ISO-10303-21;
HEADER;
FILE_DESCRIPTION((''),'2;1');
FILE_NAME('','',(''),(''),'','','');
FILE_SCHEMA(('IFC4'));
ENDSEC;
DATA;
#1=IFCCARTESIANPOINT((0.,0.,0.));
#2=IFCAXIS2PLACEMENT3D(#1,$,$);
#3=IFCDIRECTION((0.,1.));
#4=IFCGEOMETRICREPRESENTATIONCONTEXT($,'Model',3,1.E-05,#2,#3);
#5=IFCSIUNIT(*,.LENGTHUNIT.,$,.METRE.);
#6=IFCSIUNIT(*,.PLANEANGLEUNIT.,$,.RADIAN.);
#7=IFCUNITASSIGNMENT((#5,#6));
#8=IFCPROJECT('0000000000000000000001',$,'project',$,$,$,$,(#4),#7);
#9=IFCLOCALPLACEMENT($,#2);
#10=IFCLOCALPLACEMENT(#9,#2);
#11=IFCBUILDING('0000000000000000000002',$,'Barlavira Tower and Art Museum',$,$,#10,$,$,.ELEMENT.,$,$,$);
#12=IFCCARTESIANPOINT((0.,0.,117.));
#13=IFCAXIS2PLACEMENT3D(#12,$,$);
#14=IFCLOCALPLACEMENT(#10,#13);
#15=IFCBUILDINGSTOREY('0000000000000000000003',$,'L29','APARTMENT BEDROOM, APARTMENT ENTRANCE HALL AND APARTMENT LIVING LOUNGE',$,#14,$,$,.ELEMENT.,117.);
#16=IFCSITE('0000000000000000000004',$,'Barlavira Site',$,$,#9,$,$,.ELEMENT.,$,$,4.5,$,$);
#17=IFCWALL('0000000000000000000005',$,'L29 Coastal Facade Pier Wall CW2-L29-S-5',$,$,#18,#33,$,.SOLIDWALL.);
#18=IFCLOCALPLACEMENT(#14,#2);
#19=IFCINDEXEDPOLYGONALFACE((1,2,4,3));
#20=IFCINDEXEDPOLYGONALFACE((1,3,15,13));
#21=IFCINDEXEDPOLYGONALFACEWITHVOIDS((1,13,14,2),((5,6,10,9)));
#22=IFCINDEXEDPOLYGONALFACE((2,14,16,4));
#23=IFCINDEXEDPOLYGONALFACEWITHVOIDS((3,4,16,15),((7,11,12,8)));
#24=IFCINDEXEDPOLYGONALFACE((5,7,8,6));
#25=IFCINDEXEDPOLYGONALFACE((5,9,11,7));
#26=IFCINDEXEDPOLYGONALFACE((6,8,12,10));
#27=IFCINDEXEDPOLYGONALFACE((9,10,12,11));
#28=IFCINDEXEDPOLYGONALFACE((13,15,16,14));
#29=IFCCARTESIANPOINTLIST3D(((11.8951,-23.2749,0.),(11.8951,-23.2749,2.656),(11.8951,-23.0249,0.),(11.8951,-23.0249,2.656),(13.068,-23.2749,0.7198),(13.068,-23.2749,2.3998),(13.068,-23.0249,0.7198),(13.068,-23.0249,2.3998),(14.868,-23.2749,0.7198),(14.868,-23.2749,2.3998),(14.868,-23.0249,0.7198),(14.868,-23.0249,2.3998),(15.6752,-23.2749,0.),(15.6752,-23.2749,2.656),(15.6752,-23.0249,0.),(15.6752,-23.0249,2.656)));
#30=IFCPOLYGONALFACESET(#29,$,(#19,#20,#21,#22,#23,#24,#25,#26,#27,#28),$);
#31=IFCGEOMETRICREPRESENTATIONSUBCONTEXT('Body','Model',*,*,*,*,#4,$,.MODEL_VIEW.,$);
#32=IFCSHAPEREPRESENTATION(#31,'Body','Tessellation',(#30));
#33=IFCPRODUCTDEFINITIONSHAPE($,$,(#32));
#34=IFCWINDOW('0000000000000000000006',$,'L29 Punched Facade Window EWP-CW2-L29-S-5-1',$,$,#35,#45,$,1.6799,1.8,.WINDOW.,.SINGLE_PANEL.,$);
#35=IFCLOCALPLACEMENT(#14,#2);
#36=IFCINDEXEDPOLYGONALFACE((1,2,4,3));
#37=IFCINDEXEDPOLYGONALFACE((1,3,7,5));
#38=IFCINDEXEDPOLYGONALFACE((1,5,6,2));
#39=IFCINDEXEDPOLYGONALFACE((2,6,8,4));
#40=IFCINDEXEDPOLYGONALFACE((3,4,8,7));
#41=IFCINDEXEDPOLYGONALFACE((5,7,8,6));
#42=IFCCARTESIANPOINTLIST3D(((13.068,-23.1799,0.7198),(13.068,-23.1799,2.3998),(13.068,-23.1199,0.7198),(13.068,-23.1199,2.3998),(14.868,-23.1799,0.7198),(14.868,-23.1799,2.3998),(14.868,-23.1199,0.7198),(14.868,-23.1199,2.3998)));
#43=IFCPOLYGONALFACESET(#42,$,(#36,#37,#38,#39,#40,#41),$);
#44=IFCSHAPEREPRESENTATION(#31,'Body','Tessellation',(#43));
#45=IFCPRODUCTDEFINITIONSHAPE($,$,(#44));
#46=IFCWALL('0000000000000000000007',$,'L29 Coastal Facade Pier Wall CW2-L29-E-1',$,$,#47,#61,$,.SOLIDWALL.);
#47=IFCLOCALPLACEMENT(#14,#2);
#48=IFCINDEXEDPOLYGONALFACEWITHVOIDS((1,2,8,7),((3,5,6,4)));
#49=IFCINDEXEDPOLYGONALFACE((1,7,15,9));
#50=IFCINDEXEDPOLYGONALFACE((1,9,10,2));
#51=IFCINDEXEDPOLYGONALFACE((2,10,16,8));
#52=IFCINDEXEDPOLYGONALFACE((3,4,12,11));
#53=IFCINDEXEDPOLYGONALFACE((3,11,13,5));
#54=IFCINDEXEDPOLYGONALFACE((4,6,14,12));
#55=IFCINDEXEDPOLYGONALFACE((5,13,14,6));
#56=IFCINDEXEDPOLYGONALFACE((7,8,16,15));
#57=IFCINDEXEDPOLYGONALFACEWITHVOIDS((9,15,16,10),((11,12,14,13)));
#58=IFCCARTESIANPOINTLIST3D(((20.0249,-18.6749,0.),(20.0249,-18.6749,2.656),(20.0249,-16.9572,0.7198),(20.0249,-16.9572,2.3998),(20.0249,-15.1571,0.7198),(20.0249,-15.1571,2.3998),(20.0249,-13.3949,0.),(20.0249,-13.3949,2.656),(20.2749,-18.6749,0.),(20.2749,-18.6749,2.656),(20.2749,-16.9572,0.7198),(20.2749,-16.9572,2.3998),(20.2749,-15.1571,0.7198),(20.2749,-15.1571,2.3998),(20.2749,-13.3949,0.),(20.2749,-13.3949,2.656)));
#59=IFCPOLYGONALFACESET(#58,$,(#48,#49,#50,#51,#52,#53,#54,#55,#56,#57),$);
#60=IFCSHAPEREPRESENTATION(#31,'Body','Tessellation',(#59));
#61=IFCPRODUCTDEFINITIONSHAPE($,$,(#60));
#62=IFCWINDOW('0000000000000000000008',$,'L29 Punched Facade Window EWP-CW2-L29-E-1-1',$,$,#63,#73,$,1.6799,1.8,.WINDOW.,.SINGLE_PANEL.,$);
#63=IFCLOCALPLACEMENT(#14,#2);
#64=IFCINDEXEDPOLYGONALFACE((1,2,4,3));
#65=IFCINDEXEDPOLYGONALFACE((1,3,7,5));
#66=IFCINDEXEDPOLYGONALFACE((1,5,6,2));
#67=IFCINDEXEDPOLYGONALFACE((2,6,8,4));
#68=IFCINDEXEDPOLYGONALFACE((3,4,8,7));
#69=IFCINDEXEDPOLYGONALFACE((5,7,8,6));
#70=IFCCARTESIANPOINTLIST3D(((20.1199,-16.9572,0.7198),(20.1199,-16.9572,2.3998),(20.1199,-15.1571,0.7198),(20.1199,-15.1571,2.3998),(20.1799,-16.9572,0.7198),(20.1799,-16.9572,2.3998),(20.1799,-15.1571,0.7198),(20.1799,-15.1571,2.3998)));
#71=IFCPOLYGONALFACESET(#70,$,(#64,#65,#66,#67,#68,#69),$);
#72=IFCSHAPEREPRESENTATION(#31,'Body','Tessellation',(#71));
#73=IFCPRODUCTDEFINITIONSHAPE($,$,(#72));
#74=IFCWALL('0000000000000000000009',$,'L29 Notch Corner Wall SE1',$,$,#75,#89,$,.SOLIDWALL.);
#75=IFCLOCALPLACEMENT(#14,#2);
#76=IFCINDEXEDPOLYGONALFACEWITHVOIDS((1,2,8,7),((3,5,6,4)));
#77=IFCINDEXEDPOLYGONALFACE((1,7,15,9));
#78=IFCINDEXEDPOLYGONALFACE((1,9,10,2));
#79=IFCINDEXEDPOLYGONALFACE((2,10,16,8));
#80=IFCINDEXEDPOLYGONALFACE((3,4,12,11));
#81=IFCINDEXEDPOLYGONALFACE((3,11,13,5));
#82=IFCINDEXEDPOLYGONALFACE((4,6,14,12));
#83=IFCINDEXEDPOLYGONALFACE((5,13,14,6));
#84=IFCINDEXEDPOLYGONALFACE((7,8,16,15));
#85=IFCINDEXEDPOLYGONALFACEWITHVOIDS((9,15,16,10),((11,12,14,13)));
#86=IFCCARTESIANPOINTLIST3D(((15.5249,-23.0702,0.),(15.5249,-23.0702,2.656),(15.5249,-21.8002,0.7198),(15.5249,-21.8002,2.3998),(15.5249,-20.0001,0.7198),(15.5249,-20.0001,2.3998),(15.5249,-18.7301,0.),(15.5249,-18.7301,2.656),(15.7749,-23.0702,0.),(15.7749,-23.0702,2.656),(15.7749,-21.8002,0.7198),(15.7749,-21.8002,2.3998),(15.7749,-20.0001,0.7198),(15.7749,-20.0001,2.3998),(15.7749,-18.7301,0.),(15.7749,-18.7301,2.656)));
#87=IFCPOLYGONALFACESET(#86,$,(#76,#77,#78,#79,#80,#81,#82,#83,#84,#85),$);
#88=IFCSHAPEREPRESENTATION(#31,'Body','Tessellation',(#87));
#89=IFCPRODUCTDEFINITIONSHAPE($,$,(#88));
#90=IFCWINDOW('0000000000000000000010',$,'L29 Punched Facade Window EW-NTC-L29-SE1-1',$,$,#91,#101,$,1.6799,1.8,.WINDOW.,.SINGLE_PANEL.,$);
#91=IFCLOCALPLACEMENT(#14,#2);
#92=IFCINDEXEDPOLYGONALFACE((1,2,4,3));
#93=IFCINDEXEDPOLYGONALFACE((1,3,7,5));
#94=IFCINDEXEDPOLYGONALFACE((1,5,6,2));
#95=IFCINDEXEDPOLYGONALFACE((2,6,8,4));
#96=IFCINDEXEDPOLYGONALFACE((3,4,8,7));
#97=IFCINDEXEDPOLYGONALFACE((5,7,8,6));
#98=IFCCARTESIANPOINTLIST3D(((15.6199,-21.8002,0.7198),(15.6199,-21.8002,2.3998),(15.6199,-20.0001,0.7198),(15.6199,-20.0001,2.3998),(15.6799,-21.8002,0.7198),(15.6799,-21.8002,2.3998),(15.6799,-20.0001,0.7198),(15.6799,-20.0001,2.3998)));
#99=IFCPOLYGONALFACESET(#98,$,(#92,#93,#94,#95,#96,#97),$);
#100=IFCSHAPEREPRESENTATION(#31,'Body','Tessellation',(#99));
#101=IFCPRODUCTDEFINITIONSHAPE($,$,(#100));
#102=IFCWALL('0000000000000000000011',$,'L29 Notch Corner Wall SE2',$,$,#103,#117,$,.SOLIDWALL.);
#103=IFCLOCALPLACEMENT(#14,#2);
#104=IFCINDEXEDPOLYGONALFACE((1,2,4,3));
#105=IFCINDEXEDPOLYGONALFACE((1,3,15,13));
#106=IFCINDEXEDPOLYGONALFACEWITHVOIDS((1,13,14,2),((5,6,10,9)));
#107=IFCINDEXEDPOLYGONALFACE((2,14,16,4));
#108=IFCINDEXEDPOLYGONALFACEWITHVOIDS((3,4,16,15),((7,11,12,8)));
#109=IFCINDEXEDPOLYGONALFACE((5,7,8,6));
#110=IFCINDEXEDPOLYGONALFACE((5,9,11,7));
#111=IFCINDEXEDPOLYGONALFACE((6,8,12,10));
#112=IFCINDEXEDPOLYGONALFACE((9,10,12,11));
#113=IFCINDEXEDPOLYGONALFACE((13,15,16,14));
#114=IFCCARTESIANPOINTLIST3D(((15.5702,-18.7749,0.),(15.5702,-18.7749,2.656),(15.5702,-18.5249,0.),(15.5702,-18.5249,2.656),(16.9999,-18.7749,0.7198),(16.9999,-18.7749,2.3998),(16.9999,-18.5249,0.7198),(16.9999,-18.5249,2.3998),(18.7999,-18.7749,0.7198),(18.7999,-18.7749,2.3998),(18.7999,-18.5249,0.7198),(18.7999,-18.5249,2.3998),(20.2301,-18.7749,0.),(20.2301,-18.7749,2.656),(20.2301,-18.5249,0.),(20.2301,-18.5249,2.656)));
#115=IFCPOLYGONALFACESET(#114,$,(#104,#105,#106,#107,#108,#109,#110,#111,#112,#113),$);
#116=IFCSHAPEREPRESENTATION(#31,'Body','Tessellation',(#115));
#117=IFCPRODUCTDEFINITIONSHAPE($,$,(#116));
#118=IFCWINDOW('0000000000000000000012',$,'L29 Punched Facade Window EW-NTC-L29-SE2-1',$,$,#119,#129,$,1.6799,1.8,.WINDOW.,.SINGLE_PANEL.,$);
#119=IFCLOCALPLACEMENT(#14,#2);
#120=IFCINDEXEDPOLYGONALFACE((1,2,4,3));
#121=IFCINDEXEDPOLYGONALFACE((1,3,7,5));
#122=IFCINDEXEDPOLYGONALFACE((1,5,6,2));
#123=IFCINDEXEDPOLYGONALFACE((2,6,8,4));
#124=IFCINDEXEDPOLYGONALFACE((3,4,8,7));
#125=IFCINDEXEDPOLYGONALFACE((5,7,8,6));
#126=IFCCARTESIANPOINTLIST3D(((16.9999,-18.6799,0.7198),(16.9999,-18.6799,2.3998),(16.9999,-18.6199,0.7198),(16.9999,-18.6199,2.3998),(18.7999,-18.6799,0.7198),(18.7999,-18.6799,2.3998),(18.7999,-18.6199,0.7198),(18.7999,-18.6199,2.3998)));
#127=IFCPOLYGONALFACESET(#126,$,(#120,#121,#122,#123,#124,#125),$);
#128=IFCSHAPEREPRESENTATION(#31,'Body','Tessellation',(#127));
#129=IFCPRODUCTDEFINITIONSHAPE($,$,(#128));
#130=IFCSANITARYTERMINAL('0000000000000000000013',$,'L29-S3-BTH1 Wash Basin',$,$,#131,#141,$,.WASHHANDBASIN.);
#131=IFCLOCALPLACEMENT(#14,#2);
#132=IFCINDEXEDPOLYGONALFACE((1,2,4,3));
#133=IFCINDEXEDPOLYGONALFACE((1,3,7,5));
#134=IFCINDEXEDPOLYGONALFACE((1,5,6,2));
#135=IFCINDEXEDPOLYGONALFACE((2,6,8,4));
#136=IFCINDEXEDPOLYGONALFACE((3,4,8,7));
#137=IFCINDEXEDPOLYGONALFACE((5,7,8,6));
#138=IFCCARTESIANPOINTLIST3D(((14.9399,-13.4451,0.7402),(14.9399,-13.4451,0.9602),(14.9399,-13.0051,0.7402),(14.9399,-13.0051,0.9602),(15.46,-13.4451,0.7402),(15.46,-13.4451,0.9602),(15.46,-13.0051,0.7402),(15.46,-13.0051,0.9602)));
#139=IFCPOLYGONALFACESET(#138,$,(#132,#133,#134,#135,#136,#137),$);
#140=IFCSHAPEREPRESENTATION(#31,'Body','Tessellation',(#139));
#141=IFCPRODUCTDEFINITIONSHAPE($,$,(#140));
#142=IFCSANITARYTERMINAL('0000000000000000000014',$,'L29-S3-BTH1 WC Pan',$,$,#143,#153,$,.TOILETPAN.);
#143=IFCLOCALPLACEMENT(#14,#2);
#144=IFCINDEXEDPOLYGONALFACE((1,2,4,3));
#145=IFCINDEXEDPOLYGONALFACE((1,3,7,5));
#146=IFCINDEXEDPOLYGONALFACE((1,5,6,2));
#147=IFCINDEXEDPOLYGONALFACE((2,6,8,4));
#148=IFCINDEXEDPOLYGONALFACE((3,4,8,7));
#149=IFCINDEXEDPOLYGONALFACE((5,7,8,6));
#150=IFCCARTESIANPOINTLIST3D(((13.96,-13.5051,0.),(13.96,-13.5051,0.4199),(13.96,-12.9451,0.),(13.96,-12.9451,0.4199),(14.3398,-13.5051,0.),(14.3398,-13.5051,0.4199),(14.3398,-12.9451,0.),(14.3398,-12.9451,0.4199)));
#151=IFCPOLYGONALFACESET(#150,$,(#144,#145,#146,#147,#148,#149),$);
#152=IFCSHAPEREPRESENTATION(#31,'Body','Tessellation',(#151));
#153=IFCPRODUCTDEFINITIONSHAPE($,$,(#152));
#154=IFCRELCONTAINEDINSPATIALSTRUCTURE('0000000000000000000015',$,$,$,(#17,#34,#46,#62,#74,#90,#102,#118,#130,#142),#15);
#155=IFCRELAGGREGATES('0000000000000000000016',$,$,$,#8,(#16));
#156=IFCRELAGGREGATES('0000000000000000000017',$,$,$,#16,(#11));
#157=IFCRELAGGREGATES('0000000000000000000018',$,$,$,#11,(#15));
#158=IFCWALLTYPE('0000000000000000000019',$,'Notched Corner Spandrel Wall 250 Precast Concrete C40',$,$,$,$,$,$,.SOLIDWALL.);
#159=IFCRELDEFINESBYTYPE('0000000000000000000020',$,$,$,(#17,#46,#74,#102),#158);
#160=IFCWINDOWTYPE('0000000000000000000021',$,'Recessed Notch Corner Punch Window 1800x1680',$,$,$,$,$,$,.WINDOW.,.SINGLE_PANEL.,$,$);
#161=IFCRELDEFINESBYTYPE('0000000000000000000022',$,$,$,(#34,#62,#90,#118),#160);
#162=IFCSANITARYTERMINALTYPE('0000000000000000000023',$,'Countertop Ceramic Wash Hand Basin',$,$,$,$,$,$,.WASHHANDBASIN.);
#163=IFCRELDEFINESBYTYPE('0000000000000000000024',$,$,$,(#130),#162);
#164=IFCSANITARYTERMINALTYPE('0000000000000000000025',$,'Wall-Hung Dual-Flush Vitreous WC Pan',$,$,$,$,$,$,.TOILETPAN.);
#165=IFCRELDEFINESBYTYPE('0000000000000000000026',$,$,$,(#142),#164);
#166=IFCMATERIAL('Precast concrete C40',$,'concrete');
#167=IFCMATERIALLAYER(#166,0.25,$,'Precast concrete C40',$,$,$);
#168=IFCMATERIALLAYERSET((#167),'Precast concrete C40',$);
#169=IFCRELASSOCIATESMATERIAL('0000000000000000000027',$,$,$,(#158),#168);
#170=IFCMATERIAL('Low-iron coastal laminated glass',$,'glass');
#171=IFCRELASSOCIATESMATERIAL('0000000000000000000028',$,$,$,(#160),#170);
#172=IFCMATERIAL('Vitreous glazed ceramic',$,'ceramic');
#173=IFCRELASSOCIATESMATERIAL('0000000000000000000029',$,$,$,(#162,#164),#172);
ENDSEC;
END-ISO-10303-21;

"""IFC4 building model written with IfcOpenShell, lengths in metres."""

from ifc_helpers import new_model, si_unit, direction, frame, frame_2d, origin, origin_2d, place, context, subcontext, project, spatial, rectangle, extrude, material, layer, layer_set, type_object, element, fill, save


model = new_model("IFC4")

# Units and contexts
model_context = context("Model", 3, precision=1e-05, world=origin(), true_north=direction((0.0, 1.0)))
body_context = subcontext(model_context, "Body", "Model", "MODEL_VIEW")
ifc_project = project(units=[si_unit("LENGTHUNIT", "METRE"), si_unit("PLANEANGLEUNIT", "RADIAN")], contexts=[model_context])

# Site, building, storey
site_placement = place(None, origin())
site = spatial("IfcSite", under=ifc_project, at=site_placement, Name="Barlavira Site", CompositionType="ELEMENT", RefElevation=4.5)
building_placement = place(site_placement, origin())
building = spatial("IfcBuilding", under=site, at=building_placement, Name="Barlavira Tower and Art Museum", CompositionType="ELEMENT")
storey_placement = place(building_placement, frame((0.0, 0.0, 117.0)))
storey = spatial("IfcBuildingStorey", under=building, at=storey_placement, Name="L29", Description="APARTMENT BEDROOM, APARTMENT ENTRANCE HALL AND APARTMENT LIVING LOUNGE", CompositionType="ELEMENT", Elevation=117.0)

# Walls, openings, windows
ifc_material_1 = material(Name="Precast concrete C40", Category="concrete")
ifc_layer_1 = layer(ifc_material_1, 0.25, Name="Precast concrete C40")
ifc_layer_set_1 = layer_set([ifc_layer_1], Name="Precast concrete C40")
wall_type_1 = type_object("IfcWallType", Name="Notched Corner Spandrel Wall 250 Precast Concrete C40", PredefinedType="SOLIDWALL", material=ifc_layer_set_1)
wall_1_placement = place(storey_placement, frame((11.895, -23.1499, 0.0), z_axis=(0.0, 0.0, 1.0), x_axis=(1.0, 0.0, 0.0)))
wall_1 = element("IfcWall", 1, at=wall_1_placement, inside=storey, type_object=wall_type_1, Name="L29 Coastal Facade Pier Wall CW2-L29-S-5", PredefinedType="SOLIDWALL", context=body_context, shape_type="SweptSolid", body=[
    extrude(rectangle(XDim=3.78, YDim=0.25, at=frame_2d((1.8901, 0.0))), origin(), (0.0, 0.0, 1.0), 2.656),
])
opening_1_placement = place(wall_1_placement, frame((1.1731, 0.0, 0.72)))
opening_1 = element("IfcOpeningElement", 2, at=opening_1_placement, cuts=wall_1, PredefinedType="OPENING", context=body_context, shape_type="SweptSolid", body=[
    extrude(rectangle(XDim=1.8, YDim=1.6799, at=frame_2d((0.8999, 0.8398))), frame((0.0, 0.135, 0.0), z_axis=(0.0, -1.0, 0.0), x_axis=(1.0, 0.0, 0.0)), (0.0, 0.0, 1.0), 0.27),
])
ifc_material_2 = material(Name="Low-iron coastal laminated glass", Category="glass")
window_type = type_object("IfcWindowType", Name="Recessed Notch Corner Punch Window 1800x1680", PartitioningType="SINGLE_PANEL", PredefinedType="WINDOW", material=ifc_material_2)
window_1_placement = place(opening_1_placement, origin())
window_1 = element("IfcWindow", 3, at=window_1_placement, inside=storey, type_object=window_type, Name="L29 Punched Facade Window EWP-CW2-L29-S-5-1", OverallHeight=1.6799, OverallWidth=1.8, PartitioningType="SINGLE_PANEL", PredefinedType="WINDOW", context=body_context, shape_type="SweptSolid", body=[
    extrude(rectangle(XDim=1.8, YDim=1.6799, at=frame_2d((0.8999, 0.8398))), frame((0.0, 0.03, 0.0), z_axis=(0.0, -1.0, 0.0), x_axis=(1.0, 0.0, 0.0)), (0.0, 0.0, 1.0), 0.0601),
])
fill(opening_1, window_1)
wall_2_placement = place(storey_placement, frame((20.1499, -18.675, 0.0), z_axis=(0.0, 0.0, 1.0), x_axis=(0.0, 1.0, 0.0)))
wall_2 = element("IfcWall", 4, at=wall_2_placement, inside=storey, type_object=wall_type_1, Name="L29 Coastal Facade Pier Wall CW2-L29-E-1", PredefinedType="SOLIDWALL", context=body_context, shape_type="SweptSolid", body=[
    extrude(rectangle(XDim=5.28, YDim=0.25, at=frame_2d((2.6401, 0.0))), origin(), (0.0, 0.0, 1.0), 2.656),
])
opening_2_placement = place(wall_2_placement, frame((1.718, 0.0, 0.72)))
opening_2 = element("IfcOpeningElement", 5, at=opening_2_placement, cuts=wall_2, PredefinedType="OPENING", context=body_context, shape_type="SweptSolid", body=[
    extrude(rectangle(XDim=1.8, YDim=1.6799, at=frame_2d((0.8999, 0.8398))), frame((0.0, 0.135, 0.0), z_axis=(0.0, -1.0, 0.0), x_axis=(1.0, 0.0, 0.0)), (0.0, 0.0, 1.0), 0.27),
])
window_2_placement = place(opening_2_placement, origin())
window_2 = element("IfcWindow", 6, at=window_2_placement, inside=storey, type_object=window_type, Name="L29 Punched Facade Window EWP-CW2-L29-E-1-1", OverallHeight=1.6799, OverallWidth=1.8, PartitioningType="SINGLE_PANEL", PredefinedType="WINDOW", context=body_context, shape_type="SweptSolid", body=[
    extrude(rectangle(XDim=1.8, YDim=1.6799, at=frame_2d((0.8999, 0.8398))), frame((0.0, 0.03, 0.0), z_axis=(0.0, -1.0, 0.0), x_axis=(1.0, 0.0, 0.0)), (0.0, 0.0, 1.0), 0.0601),
])
fill(opening_2, window_2)
wall_3_placement = place(storey_placement, frame((15.6499, -23.0701, 0.0), z_axis=(0.0, 0.0, 1.0), x_axis=(0.0, 1.0, 0.0)))
wall_3 = element("IfcWall", 7, at=wall_3_placement, inside=storey, type_object=wall_type_1, Name="L29 Notch Corner Wall SE1", PredefinedType="SOLIDWALL", context=body_context, shape_type="SweptSolid", body=[
    extrude(rectangle(XDim=4.3401, YDim=0.25, at=frame_2d((2.1699, 0.0))), origin(), (0.0, 0.0, 1.0), 2.656),
])
opening_3_placement = place(wall_3_placement, frame((1.27, 0.0, 0.72)))
opening_3 = element("IfcOpeningElement", 8, at=opening_3_placement, cuts=wall_3, PredefinedType="OPENING", context=body_context, shape_type="SweptSolid", body=[
    extrude(rectangle(XDim=1.8, YDim=1.6799, at=frame_2d((0.8999, 0.8398))), frame((0.0, 0.135, 0.0), z_axis=(0.0, -1.0, 0.0), x_axis=(1.0, 0.0, 0.0)), (0.0, 0.0, 1.0), 0.27),
])
window_3_placement = place(opening_3_placement, origin())
window_3 = element("IfcWindow", 9, at=window_3_placement, inside=storey, type_object=window_type, Name="L29 Punched Facade Window EW-NTC-L29-SE1-1", OverallHeight=1.6799, OverallWidth=1.8, PartitioningType="SINGLE_PANEL", PredefinedType="WINDOW", context=body_context, shape_type="SweptSolid", body=[
    extrude(rectangle(XDim=1.8, YDim=1.6799, at=frame_2d((0.8999, 0.8398))), frame((0.0, 0.03, 0.0), z_axis=(0.0, -1.0, 0.0), x_axis=(1.0, 0.0, 0.0)), (0.0, 0.0, 1.0), 0.0601),
])
fill(opening_3, window_3)
wall_4_placement = place(storey_placement, frame((15.5701, -18.6499, 0.0), z_axis=(0.0, 0.0, 1.0), x_axis=(1.0, 0.0, 0.0)))
wall_4 = element("IfcWall", 10, at=wall_4_placement, inside=storey, type_object=wall_type_1, Name="L29 Notch Corner Wall SE2", PredefinedType="SOLIDWALL", context=body_context, shape_type="SweptSolid", body=[
    extrude(rectangle(XDim=4.6599, YDim=0.25, at=frame_2d((2.3301, 0.0))), origin(), (0.0, 0.0, 1.0), 2.656),
])
opening_4_placement = place(wall_4_placement, frame((1.4299, 0.0, 0.72)))
opening_4 = element("IfcOpeningElement", 11, at=opening_4_placement, cuts=wall_4, PredefinedType="OPENING", context=body_context, shape_type="SweptSolid", body=[
    extrude(rectangle(XDim=1.8, YDim=1.6799, at=frame_2d((0.8999, 0.8398))), frame((0.0, 0.135, 0.0), z_axis=(0.0, -1.0, 0.0), x_axis=(1.0, 0.0, 0.0)), (0.0, 0.0, 1.0), 0.27),
])
window_4_placement = place(opening_4_placement, origin())
window_4 = element("IfcWindow", 12, at=window_4_placement, inside=storey, type_object=window_type, Name="L29 Punched Facade Window EW-NTC-L29-SE2-1", OverallHeight=1.6799, OverallWidth=1.8, PartitioningType="SINGLE_PANEL", PredefinedType="WINDOW", context=body_context, shape_type="SweptSolid", body=[
    extrude(rectangle(XDim=1.8, YDim=1.6799, at=frame_2d((0.8999, 0.8398))), frame((0.0, 0.03, 0.0), z_axis=(0.0, -1.0, 0.0), x_axis=(1.0, 0.0, 0.0)), (0.0, 0.0, 1.0), 0.0601),
])
fill(opening_4, window_4)

# Sanitary terminals
ifc_material_3 = material(Name="Vitreous glazed ceramic", Category="ceramic")
sanitary_terminal_type_1 = type_object("IfcSanitaryTerminalType", Name="Countertop Ceramic Wash Hand Basin", PredefinedType="WASHHANDBASIN", material=ifc_material_3)
sanitary_terminal_1_placement = place(storey_placement, frame((15.2, -13.2251, 0.7402), z_axis=(0.0, 0.0, 1.0), x_axis=(1.0, 0.0, 0.0)))
element("IfcSanitaryTerminal", 13, at=sanitary_terminal_1_placement, inside=storey, type_object=sanitary_terminal_type_1, Name="L29-S3-BTH1 Wash Basin", PredefinedType="WASHHANDBASIN", context=body_context, shape_type="SweptSolid", body=[
    extrude(rectangle(XDim=0.52, YDim=0.4399, at=origin_2d()), origin(), (0.0, 0.0, 1.0), 0.22),
])
sanitary_terminal_type_2 = type_object("IfcSanitaryTerminalType", Name="Wall-Hung Dual-Flush Vitreous WC Pan", PredefinedType="TOILETPAN", material=ifc_material_3)
sanitary_terminal_2_placement = place(storey_placement, frame((14.1499, -13.2251, 0.0), z_axis=(0.0, 0.0, 1.0), x_axis=(1.0, 0.0, 0.0)))
element("IfcSanitaryTerminal", 14, at=sanitary_terminal_2_placement, inside=storey, type_object=sanitary_terminal_type_2, Name="L29-S3-BTH1 WC Pan", PredefinedType="TOILETPAN", context=body_context, shape_type="SweptSolid", body=[
    extrude(rectangle(XDim=0.3799, YDim=0.5601, at=origin_2d()), origin(), (0.0, 0.0, 1.0), 0.4199),
])

save(model, "model.ifc")
